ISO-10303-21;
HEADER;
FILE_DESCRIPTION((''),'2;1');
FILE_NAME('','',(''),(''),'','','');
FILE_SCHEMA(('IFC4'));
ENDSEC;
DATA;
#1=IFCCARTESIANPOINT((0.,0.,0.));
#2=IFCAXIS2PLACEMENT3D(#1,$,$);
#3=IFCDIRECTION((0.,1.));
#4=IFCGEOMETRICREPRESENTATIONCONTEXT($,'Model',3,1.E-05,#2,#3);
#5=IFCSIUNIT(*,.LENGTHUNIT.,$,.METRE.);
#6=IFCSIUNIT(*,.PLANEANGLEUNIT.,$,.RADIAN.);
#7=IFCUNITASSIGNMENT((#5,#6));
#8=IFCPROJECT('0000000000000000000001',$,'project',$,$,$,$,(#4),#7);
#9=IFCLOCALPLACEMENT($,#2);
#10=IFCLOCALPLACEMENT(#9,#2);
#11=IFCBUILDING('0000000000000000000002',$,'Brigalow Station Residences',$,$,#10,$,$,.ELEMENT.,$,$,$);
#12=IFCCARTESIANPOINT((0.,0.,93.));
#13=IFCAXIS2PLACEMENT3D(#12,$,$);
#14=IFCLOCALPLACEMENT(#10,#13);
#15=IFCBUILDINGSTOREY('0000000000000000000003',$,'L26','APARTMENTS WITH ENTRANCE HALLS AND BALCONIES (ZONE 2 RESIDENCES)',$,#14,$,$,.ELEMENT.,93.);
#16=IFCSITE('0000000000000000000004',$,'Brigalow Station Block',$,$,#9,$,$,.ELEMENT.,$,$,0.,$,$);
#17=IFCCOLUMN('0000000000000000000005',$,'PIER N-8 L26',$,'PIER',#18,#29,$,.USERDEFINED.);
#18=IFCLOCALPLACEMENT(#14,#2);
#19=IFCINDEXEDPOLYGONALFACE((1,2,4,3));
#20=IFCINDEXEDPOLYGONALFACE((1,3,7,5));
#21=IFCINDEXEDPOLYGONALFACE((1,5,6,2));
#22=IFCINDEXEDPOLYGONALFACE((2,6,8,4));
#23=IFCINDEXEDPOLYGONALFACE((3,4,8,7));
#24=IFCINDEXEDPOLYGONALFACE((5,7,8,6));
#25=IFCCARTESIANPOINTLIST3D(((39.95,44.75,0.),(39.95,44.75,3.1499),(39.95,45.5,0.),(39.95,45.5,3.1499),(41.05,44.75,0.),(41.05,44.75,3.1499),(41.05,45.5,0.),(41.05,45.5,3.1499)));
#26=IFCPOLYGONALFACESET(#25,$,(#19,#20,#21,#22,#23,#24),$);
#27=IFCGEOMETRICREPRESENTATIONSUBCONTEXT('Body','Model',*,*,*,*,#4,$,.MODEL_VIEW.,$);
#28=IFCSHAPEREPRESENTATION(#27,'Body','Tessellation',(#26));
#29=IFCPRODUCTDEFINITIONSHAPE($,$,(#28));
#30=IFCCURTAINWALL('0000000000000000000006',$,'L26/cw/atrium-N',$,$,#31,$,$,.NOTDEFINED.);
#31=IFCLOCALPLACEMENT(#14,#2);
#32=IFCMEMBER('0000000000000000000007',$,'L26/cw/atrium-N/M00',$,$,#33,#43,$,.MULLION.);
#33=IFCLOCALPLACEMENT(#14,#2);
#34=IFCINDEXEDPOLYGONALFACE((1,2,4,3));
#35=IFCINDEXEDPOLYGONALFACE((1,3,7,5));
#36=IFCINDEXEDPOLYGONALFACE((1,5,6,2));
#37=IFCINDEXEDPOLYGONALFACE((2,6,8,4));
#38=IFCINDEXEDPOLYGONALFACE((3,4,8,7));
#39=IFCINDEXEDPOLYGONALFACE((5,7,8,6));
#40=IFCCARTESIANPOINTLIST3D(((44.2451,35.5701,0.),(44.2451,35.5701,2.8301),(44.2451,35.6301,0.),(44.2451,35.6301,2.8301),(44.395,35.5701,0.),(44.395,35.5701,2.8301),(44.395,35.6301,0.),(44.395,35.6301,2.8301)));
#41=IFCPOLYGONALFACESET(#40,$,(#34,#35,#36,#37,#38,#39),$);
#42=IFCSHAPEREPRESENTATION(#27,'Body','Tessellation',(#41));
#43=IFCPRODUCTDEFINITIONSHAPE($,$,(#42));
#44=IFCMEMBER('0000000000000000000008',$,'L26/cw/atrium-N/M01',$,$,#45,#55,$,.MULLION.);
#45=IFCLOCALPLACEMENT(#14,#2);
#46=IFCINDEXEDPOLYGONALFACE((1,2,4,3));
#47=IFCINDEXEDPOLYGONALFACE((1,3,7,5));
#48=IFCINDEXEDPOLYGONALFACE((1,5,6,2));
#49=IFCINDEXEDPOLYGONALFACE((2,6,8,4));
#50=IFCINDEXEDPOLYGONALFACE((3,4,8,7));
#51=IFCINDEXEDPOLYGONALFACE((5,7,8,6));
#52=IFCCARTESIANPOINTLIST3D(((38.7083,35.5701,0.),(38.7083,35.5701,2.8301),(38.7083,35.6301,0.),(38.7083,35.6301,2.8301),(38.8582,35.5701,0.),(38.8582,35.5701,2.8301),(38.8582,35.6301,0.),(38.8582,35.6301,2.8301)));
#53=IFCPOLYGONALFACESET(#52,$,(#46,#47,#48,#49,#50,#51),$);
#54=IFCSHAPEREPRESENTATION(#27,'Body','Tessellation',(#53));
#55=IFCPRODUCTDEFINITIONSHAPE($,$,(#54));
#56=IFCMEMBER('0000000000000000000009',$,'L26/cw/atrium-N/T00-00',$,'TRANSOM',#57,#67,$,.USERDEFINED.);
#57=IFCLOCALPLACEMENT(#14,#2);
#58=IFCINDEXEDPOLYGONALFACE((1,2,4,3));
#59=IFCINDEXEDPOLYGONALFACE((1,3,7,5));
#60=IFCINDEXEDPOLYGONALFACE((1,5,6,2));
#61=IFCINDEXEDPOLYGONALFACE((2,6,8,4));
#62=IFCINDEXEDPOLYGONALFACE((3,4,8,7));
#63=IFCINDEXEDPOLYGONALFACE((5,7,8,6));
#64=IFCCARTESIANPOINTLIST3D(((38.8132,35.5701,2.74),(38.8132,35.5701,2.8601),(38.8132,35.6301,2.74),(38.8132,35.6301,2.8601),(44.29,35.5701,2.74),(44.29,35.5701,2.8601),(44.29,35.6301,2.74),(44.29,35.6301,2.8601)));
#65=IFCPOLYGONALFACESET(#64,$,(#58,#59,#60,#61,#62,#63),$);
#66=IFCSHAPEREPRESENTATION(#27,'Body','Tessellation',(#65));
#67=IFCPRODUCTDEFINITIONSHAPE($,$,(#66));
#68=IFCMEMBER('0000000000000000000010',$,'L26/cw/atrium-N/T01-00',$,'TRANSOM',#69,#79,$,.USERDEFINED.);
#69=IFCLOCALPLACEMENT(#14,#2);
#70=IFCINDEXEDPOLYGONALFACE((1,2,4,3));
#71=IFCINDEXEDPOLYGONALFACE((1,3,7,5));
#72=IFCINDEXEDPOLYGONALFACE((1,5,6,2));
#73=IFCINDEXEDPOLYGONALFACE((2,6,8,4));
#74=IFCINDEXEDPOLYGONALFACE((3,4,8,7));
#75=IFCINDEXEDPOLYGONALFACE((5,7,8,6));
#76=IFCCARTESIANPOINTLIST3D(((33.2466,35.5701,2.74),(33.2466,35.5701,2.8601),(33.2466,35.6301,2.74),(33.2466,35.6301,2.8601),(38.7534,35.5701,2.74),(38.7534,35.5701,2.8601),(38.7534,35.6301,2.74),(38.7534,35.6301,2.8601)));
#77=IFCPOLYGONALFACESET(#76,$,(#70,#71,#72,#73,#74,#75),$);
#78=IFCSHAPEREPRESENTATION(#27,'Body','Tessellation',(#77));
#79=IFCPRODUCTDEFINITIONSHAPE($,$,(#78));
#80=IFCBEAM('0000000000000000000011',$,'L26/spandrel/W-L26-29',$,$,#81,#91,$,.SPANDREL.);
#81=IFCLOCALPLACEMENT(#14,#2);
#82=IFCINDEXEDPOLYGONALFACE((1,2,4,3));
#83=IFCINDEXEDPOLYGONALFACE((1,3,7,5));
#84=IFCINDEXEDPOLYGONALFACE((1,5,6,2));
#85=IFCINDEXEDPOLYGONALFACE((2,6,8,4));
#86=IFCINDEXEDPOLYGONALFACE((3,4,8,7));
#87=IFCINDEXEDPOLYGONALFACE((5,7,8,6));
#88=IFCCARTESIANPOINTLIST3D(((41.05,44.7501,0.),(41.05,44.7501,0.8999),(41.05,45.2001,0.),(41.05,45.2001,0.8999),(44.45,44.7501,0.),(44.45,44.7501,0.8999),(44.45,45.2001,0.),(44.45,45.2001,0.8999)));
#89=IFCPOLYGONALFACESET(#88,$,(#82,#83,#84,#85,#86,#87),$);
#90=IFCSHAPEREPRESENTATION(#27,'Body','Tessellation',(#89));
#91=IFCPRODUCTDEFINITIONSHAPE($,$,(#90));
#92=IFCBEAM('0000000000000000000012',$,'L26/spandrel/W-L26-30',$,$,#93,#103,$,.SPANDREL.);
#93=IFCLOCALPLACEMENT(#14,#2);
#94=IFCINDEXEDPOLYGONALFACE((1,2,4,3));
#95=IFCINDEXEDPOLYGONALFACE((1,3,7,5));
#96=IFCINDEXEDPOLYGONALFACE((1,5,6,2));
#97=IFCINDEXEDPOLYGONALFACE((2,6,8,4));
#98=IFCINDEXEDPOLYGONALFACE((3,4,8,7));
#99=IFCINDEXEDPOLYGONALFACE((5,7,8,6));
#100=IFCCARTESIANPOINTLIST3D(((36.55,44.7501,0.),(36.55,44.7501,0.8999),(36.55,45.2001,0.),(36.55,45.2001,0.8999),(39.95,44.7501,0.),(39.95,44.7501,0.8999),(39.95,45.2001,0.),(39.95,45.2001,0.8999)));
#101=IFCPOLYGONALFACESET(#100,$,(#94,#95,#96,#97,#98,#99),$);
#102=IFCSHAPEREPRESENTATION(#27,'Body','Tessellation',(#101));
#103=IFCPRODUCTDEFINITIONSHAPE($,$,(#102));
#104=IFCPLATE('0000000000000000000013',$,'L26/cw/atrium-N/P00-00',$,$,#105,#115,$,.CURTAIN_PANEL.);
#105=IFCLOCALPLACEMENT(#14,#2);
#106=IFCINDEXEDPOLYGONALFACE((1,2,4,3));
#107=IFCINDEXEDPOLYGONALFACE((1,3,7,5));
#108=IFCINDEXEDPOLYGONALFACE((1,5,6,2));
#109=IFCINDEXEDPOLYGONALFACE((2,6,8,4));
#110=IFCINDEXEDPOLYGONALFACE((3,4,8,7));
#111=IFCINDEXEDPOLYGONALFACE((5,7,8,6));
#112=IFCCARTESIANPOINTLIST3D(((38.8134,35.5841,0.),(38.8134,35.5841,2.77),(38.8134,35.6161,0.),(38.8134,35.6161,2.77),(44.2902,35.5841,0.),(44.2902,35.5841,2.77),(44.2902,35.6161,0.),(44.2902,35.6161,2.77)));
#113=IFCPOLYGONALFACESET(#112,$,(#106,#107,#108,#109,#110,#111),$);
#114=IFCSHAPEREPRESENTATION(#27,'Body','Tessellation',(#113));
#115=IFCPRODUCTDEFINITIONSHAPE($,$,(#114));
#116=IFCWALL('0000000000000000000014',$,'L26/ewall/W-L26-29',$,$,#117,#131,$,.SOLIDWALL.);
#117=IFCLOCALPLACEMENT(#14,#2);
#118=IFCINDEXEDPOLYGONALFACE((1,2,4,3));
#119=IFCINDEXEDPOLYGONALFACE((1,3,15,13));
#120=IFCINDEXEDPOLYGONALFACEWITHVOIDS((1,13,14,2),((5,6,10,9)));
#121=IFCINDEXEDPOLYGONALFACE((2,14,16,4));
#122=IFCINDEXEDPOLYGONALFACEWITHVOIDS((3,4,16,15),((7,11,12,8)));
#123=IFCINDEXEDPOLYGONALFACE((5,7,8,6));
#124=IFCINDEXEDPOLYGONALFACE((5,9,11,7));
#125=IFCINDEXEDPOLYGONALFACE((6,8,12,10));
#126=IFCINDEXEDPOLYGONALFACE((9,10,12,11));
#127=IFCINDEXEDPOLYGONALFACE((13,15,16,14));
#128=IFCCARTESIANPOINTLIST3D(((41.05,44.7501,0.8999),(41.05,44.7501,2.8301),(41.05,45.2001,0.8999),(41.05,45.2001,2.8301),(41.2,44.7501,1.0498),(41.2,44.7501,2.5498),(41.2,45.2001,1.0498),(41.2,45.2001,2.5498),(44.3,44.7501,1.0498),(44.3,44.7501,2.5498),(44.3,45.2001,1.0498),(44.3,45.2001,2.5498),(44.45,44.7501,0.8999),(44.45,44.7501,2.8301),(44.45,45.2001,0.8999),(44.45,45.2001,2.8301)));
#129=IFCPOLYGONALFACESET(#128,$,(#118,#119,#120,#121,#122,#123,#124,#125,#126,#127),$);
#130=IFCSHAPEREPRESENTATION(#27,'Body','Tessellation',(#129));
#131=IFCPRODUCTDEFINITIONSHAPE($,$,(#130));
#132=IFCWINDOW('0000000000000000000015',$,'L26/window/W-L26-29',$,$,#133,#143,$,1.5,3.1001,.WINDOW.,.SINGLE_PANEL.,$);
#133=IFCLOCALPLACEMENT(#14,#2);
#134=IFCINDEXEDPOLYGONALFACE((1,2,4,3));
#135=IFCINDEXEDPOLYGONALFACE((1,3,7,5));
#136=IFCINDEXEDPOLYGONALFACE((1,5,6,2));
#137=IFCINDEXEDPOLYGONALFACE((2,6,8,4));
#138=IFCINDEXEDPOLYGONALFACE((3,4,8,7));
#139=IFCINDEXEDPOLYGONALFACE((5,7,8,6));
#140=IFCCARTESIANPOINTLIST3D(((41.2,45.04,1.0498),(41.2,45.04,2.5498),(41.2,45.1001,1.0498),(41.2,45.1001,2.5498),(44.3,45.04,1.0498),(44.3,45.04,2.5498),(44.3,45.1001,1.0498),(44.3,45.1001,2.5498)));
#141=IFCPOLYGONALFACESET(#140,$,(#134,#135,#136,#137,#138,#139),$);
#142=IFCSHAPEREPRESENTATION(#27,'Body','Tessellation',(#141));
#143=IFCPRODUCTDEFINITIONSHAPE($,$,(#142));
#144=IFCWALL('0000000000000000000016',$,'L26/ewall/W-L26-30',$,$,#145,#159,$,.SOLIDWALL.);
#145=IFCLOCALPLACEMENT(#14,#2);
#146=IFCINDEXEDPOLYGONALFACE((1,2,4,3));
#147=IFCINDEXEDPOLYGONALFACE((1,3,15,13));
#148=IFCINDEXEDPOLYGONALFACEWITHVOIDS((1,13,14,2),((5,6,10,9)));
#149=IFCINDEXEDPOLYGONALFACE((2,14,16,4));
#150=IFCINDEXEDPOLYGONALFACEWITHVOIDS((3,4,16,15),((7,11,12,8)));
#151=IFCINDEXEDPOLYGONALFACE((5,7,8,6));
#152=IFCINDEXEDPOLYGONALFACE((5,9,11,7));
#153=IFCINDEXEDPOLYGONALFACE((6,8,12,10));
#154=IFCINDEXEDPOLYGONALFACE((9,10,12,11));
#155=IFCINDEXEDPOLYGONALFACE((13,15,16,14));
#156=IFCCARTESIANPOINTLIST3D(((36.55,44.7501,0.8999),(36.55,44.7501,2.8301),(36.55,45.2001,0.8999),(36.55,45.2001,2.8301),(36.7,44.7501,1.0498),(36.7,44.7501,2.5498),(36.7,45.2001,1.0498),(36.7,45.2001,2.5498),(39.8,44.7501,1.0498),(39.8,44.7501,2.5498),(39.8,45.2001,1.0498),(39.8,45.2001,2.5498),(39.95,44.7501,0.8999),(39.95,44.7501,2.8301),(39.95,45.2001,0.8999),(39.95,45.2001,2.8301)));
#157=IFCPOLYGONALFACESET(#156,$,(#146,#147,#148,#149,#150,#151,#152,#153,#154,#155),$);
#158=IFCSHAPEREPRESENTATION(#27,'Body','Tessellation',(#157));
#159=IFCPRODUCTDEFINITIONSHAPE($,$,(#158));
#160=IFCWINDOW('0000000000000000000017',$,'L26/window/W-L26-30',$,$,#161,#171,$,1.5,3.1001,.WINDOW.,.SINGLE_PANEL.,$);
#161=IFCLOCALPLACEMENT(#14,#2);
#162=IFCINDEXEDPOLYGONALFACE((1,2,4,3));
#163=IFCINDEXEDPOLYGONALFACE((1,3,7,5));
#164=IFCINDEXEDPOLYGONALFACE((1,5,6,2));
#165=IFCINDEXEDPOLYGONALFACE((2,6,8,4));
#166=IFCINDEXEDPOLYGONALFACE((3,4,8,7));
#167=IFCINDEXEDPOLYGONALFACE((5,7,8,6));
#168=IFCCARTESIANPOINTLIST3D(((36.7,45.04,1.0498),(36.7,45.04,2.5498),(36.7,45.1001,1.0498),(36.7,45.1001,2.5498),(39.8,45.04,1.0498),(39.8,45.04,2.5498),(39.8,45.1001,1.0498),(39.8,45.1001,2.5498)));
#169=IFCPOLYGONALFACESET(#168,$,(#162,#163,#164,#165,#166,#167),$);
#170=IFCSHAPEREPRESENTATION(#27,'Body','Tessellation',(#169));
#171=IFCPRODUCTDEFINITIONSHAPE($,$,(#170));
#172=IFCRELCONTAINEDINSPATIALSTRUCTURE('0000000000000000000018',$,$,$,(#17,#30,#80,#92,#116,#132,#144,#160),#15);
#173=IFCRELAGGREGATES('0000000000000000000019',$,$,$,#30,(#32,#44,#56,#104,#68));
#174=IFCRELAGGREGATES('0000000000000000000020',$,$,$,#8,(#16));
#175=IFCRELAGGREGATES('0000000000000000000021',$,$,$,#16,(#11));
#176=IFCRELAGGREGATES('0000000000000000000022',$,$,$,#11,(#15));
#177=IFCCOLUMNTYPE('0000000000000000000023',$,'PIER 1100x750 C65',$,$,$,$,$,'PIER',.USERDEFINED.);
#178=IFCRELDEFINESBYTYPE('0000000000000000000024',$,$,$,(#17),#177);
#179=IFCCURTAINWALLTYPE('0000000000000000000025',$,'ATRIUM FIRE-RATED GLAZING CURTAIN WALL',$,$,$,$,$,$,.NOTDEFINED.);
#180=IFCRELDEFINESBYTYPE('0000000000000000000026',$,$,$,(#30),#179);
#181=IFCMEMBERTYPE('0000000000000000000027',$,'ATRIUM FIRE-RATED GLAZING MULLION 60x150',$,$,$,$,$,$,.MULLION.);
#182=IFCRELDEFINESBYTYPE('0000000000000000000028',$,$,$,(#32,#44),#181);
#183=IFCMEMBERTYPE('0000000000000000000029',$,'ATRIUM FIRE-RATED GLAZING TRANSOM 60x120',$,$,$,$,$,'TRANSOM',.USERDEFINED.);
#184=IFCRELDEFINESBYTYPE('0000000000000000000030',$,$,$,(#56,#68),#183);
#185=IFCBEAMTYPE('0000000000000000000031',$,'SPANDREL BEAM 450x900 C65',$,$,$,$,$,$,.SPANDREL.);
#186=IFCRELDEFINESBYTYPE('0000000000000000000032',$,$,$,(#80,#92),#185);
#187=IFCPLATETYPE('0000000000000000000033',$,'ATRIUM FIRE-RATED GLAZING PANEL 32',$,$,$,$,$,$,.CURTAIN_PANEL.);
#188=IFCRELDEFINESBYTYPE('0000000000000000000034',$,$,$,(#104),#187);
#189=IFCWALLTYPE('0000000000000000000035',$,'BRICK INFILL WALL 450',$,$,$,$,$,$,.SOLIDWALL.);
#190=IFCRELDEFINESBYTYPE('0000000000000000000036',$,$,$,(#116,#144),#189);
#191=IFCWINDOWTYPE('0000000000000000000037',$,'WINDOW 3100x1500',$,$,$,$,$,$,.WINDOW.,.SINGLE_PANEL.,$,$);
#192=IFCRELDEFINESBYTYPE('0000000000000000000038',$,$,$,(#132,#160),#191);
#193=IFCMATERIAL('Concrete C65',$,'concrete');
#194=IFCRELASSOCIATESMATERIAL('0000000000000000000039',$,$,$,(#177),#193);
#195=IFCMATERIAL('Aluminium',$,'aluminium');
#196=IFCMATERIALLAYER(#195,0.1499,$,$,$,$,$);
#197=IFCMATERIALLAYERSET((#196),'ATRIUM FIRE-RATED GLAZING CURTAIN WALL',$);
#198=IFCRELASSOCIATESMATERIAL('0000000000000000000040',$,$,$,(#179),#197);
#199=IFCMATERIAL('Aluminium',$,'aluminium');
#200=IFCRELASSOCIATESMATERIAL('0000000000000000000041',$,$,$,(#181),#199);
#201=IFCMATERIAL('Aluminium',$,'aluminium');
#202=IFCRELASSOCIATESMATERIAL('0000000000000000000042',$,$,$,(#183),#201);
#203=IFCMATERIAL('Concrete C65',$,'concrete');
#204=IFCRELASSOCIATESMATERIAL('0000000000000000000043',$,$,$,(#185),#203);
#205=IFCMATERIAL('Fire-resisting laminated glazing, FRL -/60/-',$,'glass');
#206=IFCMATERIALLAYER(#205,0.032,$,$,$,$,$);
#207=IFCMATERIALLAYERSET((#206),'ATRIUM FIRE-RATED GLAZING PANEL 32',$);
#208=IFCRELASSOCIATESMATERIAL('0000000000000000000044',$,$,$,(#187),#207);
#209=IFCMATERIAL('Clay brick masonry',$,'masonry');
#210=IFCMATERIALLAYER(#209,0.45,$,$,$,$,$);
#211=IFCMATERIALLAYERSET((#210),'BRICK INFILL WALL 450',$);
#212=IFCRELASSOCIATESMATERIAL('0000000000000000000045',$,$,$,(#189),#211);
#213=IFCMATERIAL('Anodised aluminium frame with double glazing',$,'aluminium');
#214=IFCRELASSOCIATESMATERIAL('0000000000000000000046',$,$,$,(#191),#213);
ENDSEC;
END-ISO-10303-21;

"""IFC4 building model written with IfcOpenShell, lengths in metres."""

from ifc_helpers import new_model, si_unit, direction, frame, frame_2d, origin, origin_2d, place, context, subcontext, project, spatial, rectangle, extrude, material, layer, layer_set, material_profile, profile_set, type_object, element, fill, aggregate, save


model = new_model("IFC4")

# Units and contexts
model_context = context("Model", 3, precision=1e-05, world=origin(), true_north=direction((0.0, 1.0)))
body_context = subcontext(model_context, "Body", "Model", "MODEL_VIEW")
ifc_project = project(units=[si_unit("LENGTHUNIT", "METRE"), si_unit("PLANEANGLEUNIT", "RADIAN")], contexts=[model_context])

# Site, building, storey
site_placement = place(None, origin())
site = spatial("IfcSite", under=ifc_project, at=site_placement, Name="Brigalow Station Block", CompositionType="ELEMENT", RefElevation=0.0)
building_placement = place(site_placement, origin())
building = spatial("IfcBuilding", under=site, at=building_placement, Name="Brigalow Station Residences", CompositionType="ELEMENT")
storey_placement = place(building_placement, frame((0.0, 0.0, 93.0)))
storey = spatial("IfcBuildingStorey", under=building, at=storey_placement, Name="L26", Description="APARTMENTS WITH ENTRANCE HALLS AND BALCONIES (ZONE 2 RESIDENCES)", CompositionType="ELEMENT", Elevation=93.0)

# Column
ifc_material_1 = material(Name="Concrete C65", Category="concrete")
ifc_material_profile_1 = material_profile(ifc_material_1, rectangle(XDim=1.1001, YDim=0.75, at=origin_2d()), Name="RC1100x750")
ifc_profile_set_1 = profile_set([ifc_material_profile_1], Name="Concrete C65")
column_type = type_object("IfcColumnType", Name="PIER 1100x750 C65", ElementType="PIER", PredefinedType="USERDEFINED", material=ifc_profile_set_1)
column_placement = place(storey_placement, frame((40.5, 45.125, 0.0), z_axis=(0.0, 0.0, 1.0), x_axis=(-1.0, 0.0, 0.0)))
element("IfcColumn", 1, at=column_placement, inside=storey, type_object=column_type, Name="PIER N-8 L26", ObjectType="PIER", PredefinedType="USERDEFINED", context=body_context, shape_type="SweptSolid", body=[
    extrude(rectangle(XDim=1.1001, YDim=0.75, at=origin_2d()), origin(), (0.0, 0.0, 1.0), 3.1499),
])

# Curtain wall, members
ifc_material_2 = material(Name="Aluminium", Category="aluminium")
ifc_layer_1 = layer(ifc_material_2, 0.1499)
ifc_layer_set_1 = layer_set([ifc_layer_1], Name="ATRIUM FIRE-RATED GLAZING CURTAIN WALL")
curtain_wall_type = type_object("IfcCurtainWallType", Name="ATRIUM FIRE-RATED GLAZING CURTAIN WALL", PredefinedType="NOTDEFINED", material=ifc_layer_set_1)
curtain_wall_placement = place(storey_placement, origin())
curtain_wall = element("IfcCurtainWall", 2, at=curtain_wall_placement, inside=storey, type_object=curtain_wall_type, Name="L26/cw/atrium-N", PredefinedType="NOTDEFINED")
ifc_material_3 = material(Name="Aluminium", Category="aluminium")
ifc_material_profile_2 = material_profile(ifc_material_3, rectangle(XDim=0.0601, YDim=0.1499, at=origin_2d()), Name="ATRIUM FIRE-RATED GLAZING MULLION 60x150")
ifc_profile_set_2 = profile_set([ifc_material_profile_2], Name="Aluminium")
member_type_1 = type_object("IfcMemberType", Name="ATRIUM FIRE-RATED GLAZING MULLION 60x150", PredefinedType="MULLION", material=ifc_profile_set_2)
member_1_placement = place(storey_placement, frame((44.3201, 35.6001, 0.0), z_axis=(0.0, 0.0, 1.0), x_axis=(0.0, -1.0, 0.0)))
member_1 = element("IfcMember", 3, at=member_1_placement, type_object=member_type_1, Name="L26/cw/atrium-N/M00", PredefinedType="MULLION", context=body_context, shape_type="SweptSolid", body=[
    extrude(rectangle(XDim=0.0601, YDim=0.1499, at=origin_2d()), origin(), (0.0, 0.0, 1.0), 2.8301),
])
member_2_placement = place(storey_placement, frame((38.7832, 35.6001, 0.0), z_axis=(0.0, 0.0, 1.0), x_axis=(0.0, -1.0, 0.0)))
member_2 = element("IfcMember", 4, at=member_2_placement, type_object=member_type_1, Name="L26/cw/atrium-N/M01", PredefinedType="MULLION", context=body_context, shape_type="SweptSolid", body=[
    extrude(rectangle(XDim=0.0601, YDim=0.1499, at=origin_2d()), origin(), (0.0, 0.0, 1.0), 2.8301),
])
ifc_material_4 = material(Name="Aluminium", Category="aluminium")
ifc_material_profile_3 = material_profile(ifc_material_4, rectangle(XDim=0.0601, YDim=0.1201, at=origin_2d()), Name="ATRIUM FIRE-RATED GLAZING TRANSOM 60x120")
ifc_profile_set_3 = profile_set([ifc_material_profile_3], Name="Aluminium")
member_type_2 = type_object("IfcMemberType", Name="ATRIUM FIRE-RATED GLAZING TRANSOM 60x120", ElementType="TRANSOM", PredefinedType="USERDEFINED", material=ifc_profile_set_3)
member_3_placement = place(storey_placement, frame((44.29, 35.6001, 2.8), z_axis=(-1.0, 0.0, 0.0), x_axis=(0.0, -1.0, 0.0)))
member_3 = element("IfcMember", 5, at=member_3_placement, type_object=member_type_2, Name="L26/cw/atrium-N/T00-00", ObjectType="TRANSOM", PredefinedType="USERDEFINED", context=body_context, shape_type="SweptSolid", body=[
    extrude(rectangle(XDim=0.0601, YDim=0.1201, at=origin_2d()), origin(), (0.0, 0.0, 1.0), 5.4768),
])
member_4_placement = place(storey_placement, frame((38.7534, 35.6001, 2.8), z_axis=(-1.0, 0.0, 0.0), x_axis=(0.0, -1.0, 0.0)))
member_4 = element("IfcMember", 6, at=member_4_placement, type_object=member_type_2, Name="L26/cw/atrium-N/T01-00", ObjectType="TRANSOM", PredefinedType="USERDEFINED", context=body_context, shape_type="SweptSolid", body=[
    extrude(rectangle(XDim=0.0601, YDim=0.1201, at=origin_2d()), origin(), (0.0, 0.0, 1.0), 5.5068),
])

# Beams
ifc_material_5 = material(Name="Concrete C65", Category="concrete")
ifc_material_profile_4 = material_profile(ifc_material_5, rectangle(XDim=0.45, YDim=0.8999, at=origin_2d()), Name="RC450x900")
ifc_profile_set_4 = profile_set([ifc_material_profile_4], Name="Concrete C65")
beam_type = type_object("IfcBeamType", Name="SPANDREL BEAM 450x900 C65", PredefinedType="SPANDREL", material=ifc_profile_set_4)
for number, where, z_axis, x_axis, name in (
    (7, (44.45, 44.9751, 0.45), (-1.0, 0.0, 0.0), (0.0, -1.0, 0.0), "L26/spandrel/W-L26-29"),
    (8, (39.95, 44.9751, 0.45), (-1.0, 0.0, 0.0), (0.0, -1.0, 0.0), "L26/spandrel/W-L26-30"),
):
    element("IfcBeam", number, at=place(storey_placement, frame(where, z_axis=z_axis, x_axis=x_axis)), inside=storey, type_object=beam_type, Name=name, PredefinedType="SPANDREL", context=body_context, shape_type="SweptSolid", body=[
        extrude(rectangle(XDim=0.45, YDim=0.8999, at=origin_2d()), origin(), (0.0, 0.0, 1.0), 3.3999),
    ])

# Plate
ifc_material_6 = material(Name="Fire-resisting laminated glazing, FRL -/60/-", Category="glass")
ifc_layer_2 = layer(ifc_material_6, 0.032)
ifc_layer_set_2 = layer_set([ifc_layer_2], Name="ATRIUM FIRE-RATED GLAZING PANEL 32")
plate_type = type_object("IfcPlateType", Name="ATRIUM FIRE-RATED GLAZING PANEL 32", PredefinedType="CURTAIN_PANEL", material=ifc_layer_set_2)
plate_placement = place(storey_placement, frame((41.5518, 35.6001, 0.0), z_axis=(0.0, 0.0, 1.0), x_axis=(-1.0, 0.0, 0.0)))
plate = element("IfcPlate", 9, at=plate_placement, type_object=plate_type, Name="L26/cw/atrium-N/P00-00", PredefinedType="CURTAIN_PANEL", context=body_context, shape_type="SweptSolid", body=[
    extrude(rectangle(XDim=5.4768, YDim=0.032, at=origin_2d()), origin(), (0.0, 0.0, 1.0), 2.77),
])
aggregate(curtain_wall, [member_1, member_2, member_3, plate, member_4])

# Walls, openings, windows
ifc_material_7 = material(Name="Clay brick masonry", Category="masonry")
ifc_layer_3 = layer(ifc_material_7, 0.45)
ifc_layer_set_3 = layer_set([ifc_layer_3], Name="BRICK INFILL WALL 450")
wall_type = type_object("IfcWallType", Name="BRICK INFILL WALL 450", PredefinedType="SOLIDWALL", material=ifc_layer_set_3)
wall_1_placement = place(storey_placement, frame((44.45, 44.9751, 0.8999), z_axis=(0.0, 0.0, 1.0), x_axis=(-1.0, 0.0, 0.0)))
wall_1 = element("IfcWall", 10, at=wall_1_placement, inside=storey, type_object=wall_type, Name="L26/ewall/W-L26-29", PredefinedType="SOLIDWALL", context=body_context, shape_type="SweptSolid", body=[
    extrude(rectangle(XDim=3.3999, YDim=0.45, at=frame_2d((1.7, 0.0))), origin(), (0.0, 0.0, 1.0), 1.9302),
])
opening_1_placement = place(wall_1_placement, frame((0.1499, 0.0, 0.1499)))
opening_1 = element("IfcOpeningElement", 11, at=opening_1_placement, cuts=wall_1, PredefinedType="OPENING", context=body_context, shape_type="SweptSolid", body=[
    extrude(rectangle(XDim=3.1001, YDim=1.5, at=frame_2d((1.55, 0.75))), frame((0.0, 0.2349, 0.0), z_axis=(0.0, -1.0, 0.0), x_axis=(1.0, 0.0, 0.0)), (0.0, 0.0, 1.0), 0.47),
])
ifc_material_8 = material(Name="Anodised aluminium frame with double glazing", Category="aluminium")
window_type = type_object("IfcWindowType", Name="WINDOW 3100x1500", PartitioningType="SINGLE_PANEL", PredefinedType="WINDOW", material=ifc_material_8)
window_1_placement = place(opening_1_placement, origin())
window_1 = element("IfcWindow", 12, at=window_1_placement, inside=storey, type_object=window_type, Name="L26/window/W-L26-29", OverallHeight=1.5, OverallWidth=3.1001, PartitioningType="SINGLE_PANEL", PredefinedType="WINDOW", context=body_context, shape_type="SweptSolid", body=[
    extrude(rectangle(XDim=3.1001, YDim=1.5, at=frame_2d((1.55, 0.75))), frame((0.0, -0.0649, 0.0), z_axis=(0.0, -1.0, 0.0), x_axis=(1.0, 0.0, 0.0)), (0.0, 0.0, 1.0), 0.0601),
])
fill(opening_1, window_1)
wall_2_placement = place(storey_placement, frame((39.95, 44.9751, 0.8999), z_axis=(0.0, 0.0, 1.0), x_axis=(-1.0, 0.0, 0.0)))
wall_2 = element("IfcWall", 13, at=wall_2_placement, inside=storey, type_object=wall_type, Name="L26/ewall/W-L26-30", PredefinedType="SOLIDWALL", context=body_context, shape_type="SweptSolid", body=[
    extrude(rectangle(XDim=3.3999, YDim=0.45, at=frame_2d((1.7, 0.0))), origin(), (0.0, 0.0, 1.0), 1.9302),
])
opening_2_placement = place(wall_2_placement, frame((0.1499, 0.0, 0.1499)))
opening_2 = element("IfcOpeningElement", 14, at=opening_2_placement, cuts=wall_2, PredefinedType="OPENING", context=body_context, shape_type="SweptSolid", body=[
    extrude(rectangle(XDim=3.1001, YDim=1.5, at=frame_2d((1.55, 0.75))), frame((0.0, 0.2349, 0.0), z_axis=(0.0, -1.0, 0.0), x_axis=(1.0, 0.0, 0.0)), (0.0, 0.0, 1.0), 0.47),
])
window_2_placement = place(opening_2_placement, origin())
window_2 = element("IfcWindow", 15, at=window_2_placement, inside=storey, type_object=window_type, Name="L26/window/W-L26-30", OverallHeight=1.5, OverallWidth=3.1001, PartitioningType="SINGLE_PANEL", PredefinedType="WINDOW", context=body_context, shape_type="SweptSolid", body=[
    extrude(rectangle(XDim=3.1001, YDim=1.5, at=frame_2d((1.55, 0.75))), frame((0.0, -0.0649, 0.0), z_axis=(0.0, -1.0, 0.0), x_axis=(1.0, 0.0, 0.0)), (0.0, 0.0, 1.0), 0.0601),
])
fill(opening_2, window_2)

save(model, "model.ifc")
